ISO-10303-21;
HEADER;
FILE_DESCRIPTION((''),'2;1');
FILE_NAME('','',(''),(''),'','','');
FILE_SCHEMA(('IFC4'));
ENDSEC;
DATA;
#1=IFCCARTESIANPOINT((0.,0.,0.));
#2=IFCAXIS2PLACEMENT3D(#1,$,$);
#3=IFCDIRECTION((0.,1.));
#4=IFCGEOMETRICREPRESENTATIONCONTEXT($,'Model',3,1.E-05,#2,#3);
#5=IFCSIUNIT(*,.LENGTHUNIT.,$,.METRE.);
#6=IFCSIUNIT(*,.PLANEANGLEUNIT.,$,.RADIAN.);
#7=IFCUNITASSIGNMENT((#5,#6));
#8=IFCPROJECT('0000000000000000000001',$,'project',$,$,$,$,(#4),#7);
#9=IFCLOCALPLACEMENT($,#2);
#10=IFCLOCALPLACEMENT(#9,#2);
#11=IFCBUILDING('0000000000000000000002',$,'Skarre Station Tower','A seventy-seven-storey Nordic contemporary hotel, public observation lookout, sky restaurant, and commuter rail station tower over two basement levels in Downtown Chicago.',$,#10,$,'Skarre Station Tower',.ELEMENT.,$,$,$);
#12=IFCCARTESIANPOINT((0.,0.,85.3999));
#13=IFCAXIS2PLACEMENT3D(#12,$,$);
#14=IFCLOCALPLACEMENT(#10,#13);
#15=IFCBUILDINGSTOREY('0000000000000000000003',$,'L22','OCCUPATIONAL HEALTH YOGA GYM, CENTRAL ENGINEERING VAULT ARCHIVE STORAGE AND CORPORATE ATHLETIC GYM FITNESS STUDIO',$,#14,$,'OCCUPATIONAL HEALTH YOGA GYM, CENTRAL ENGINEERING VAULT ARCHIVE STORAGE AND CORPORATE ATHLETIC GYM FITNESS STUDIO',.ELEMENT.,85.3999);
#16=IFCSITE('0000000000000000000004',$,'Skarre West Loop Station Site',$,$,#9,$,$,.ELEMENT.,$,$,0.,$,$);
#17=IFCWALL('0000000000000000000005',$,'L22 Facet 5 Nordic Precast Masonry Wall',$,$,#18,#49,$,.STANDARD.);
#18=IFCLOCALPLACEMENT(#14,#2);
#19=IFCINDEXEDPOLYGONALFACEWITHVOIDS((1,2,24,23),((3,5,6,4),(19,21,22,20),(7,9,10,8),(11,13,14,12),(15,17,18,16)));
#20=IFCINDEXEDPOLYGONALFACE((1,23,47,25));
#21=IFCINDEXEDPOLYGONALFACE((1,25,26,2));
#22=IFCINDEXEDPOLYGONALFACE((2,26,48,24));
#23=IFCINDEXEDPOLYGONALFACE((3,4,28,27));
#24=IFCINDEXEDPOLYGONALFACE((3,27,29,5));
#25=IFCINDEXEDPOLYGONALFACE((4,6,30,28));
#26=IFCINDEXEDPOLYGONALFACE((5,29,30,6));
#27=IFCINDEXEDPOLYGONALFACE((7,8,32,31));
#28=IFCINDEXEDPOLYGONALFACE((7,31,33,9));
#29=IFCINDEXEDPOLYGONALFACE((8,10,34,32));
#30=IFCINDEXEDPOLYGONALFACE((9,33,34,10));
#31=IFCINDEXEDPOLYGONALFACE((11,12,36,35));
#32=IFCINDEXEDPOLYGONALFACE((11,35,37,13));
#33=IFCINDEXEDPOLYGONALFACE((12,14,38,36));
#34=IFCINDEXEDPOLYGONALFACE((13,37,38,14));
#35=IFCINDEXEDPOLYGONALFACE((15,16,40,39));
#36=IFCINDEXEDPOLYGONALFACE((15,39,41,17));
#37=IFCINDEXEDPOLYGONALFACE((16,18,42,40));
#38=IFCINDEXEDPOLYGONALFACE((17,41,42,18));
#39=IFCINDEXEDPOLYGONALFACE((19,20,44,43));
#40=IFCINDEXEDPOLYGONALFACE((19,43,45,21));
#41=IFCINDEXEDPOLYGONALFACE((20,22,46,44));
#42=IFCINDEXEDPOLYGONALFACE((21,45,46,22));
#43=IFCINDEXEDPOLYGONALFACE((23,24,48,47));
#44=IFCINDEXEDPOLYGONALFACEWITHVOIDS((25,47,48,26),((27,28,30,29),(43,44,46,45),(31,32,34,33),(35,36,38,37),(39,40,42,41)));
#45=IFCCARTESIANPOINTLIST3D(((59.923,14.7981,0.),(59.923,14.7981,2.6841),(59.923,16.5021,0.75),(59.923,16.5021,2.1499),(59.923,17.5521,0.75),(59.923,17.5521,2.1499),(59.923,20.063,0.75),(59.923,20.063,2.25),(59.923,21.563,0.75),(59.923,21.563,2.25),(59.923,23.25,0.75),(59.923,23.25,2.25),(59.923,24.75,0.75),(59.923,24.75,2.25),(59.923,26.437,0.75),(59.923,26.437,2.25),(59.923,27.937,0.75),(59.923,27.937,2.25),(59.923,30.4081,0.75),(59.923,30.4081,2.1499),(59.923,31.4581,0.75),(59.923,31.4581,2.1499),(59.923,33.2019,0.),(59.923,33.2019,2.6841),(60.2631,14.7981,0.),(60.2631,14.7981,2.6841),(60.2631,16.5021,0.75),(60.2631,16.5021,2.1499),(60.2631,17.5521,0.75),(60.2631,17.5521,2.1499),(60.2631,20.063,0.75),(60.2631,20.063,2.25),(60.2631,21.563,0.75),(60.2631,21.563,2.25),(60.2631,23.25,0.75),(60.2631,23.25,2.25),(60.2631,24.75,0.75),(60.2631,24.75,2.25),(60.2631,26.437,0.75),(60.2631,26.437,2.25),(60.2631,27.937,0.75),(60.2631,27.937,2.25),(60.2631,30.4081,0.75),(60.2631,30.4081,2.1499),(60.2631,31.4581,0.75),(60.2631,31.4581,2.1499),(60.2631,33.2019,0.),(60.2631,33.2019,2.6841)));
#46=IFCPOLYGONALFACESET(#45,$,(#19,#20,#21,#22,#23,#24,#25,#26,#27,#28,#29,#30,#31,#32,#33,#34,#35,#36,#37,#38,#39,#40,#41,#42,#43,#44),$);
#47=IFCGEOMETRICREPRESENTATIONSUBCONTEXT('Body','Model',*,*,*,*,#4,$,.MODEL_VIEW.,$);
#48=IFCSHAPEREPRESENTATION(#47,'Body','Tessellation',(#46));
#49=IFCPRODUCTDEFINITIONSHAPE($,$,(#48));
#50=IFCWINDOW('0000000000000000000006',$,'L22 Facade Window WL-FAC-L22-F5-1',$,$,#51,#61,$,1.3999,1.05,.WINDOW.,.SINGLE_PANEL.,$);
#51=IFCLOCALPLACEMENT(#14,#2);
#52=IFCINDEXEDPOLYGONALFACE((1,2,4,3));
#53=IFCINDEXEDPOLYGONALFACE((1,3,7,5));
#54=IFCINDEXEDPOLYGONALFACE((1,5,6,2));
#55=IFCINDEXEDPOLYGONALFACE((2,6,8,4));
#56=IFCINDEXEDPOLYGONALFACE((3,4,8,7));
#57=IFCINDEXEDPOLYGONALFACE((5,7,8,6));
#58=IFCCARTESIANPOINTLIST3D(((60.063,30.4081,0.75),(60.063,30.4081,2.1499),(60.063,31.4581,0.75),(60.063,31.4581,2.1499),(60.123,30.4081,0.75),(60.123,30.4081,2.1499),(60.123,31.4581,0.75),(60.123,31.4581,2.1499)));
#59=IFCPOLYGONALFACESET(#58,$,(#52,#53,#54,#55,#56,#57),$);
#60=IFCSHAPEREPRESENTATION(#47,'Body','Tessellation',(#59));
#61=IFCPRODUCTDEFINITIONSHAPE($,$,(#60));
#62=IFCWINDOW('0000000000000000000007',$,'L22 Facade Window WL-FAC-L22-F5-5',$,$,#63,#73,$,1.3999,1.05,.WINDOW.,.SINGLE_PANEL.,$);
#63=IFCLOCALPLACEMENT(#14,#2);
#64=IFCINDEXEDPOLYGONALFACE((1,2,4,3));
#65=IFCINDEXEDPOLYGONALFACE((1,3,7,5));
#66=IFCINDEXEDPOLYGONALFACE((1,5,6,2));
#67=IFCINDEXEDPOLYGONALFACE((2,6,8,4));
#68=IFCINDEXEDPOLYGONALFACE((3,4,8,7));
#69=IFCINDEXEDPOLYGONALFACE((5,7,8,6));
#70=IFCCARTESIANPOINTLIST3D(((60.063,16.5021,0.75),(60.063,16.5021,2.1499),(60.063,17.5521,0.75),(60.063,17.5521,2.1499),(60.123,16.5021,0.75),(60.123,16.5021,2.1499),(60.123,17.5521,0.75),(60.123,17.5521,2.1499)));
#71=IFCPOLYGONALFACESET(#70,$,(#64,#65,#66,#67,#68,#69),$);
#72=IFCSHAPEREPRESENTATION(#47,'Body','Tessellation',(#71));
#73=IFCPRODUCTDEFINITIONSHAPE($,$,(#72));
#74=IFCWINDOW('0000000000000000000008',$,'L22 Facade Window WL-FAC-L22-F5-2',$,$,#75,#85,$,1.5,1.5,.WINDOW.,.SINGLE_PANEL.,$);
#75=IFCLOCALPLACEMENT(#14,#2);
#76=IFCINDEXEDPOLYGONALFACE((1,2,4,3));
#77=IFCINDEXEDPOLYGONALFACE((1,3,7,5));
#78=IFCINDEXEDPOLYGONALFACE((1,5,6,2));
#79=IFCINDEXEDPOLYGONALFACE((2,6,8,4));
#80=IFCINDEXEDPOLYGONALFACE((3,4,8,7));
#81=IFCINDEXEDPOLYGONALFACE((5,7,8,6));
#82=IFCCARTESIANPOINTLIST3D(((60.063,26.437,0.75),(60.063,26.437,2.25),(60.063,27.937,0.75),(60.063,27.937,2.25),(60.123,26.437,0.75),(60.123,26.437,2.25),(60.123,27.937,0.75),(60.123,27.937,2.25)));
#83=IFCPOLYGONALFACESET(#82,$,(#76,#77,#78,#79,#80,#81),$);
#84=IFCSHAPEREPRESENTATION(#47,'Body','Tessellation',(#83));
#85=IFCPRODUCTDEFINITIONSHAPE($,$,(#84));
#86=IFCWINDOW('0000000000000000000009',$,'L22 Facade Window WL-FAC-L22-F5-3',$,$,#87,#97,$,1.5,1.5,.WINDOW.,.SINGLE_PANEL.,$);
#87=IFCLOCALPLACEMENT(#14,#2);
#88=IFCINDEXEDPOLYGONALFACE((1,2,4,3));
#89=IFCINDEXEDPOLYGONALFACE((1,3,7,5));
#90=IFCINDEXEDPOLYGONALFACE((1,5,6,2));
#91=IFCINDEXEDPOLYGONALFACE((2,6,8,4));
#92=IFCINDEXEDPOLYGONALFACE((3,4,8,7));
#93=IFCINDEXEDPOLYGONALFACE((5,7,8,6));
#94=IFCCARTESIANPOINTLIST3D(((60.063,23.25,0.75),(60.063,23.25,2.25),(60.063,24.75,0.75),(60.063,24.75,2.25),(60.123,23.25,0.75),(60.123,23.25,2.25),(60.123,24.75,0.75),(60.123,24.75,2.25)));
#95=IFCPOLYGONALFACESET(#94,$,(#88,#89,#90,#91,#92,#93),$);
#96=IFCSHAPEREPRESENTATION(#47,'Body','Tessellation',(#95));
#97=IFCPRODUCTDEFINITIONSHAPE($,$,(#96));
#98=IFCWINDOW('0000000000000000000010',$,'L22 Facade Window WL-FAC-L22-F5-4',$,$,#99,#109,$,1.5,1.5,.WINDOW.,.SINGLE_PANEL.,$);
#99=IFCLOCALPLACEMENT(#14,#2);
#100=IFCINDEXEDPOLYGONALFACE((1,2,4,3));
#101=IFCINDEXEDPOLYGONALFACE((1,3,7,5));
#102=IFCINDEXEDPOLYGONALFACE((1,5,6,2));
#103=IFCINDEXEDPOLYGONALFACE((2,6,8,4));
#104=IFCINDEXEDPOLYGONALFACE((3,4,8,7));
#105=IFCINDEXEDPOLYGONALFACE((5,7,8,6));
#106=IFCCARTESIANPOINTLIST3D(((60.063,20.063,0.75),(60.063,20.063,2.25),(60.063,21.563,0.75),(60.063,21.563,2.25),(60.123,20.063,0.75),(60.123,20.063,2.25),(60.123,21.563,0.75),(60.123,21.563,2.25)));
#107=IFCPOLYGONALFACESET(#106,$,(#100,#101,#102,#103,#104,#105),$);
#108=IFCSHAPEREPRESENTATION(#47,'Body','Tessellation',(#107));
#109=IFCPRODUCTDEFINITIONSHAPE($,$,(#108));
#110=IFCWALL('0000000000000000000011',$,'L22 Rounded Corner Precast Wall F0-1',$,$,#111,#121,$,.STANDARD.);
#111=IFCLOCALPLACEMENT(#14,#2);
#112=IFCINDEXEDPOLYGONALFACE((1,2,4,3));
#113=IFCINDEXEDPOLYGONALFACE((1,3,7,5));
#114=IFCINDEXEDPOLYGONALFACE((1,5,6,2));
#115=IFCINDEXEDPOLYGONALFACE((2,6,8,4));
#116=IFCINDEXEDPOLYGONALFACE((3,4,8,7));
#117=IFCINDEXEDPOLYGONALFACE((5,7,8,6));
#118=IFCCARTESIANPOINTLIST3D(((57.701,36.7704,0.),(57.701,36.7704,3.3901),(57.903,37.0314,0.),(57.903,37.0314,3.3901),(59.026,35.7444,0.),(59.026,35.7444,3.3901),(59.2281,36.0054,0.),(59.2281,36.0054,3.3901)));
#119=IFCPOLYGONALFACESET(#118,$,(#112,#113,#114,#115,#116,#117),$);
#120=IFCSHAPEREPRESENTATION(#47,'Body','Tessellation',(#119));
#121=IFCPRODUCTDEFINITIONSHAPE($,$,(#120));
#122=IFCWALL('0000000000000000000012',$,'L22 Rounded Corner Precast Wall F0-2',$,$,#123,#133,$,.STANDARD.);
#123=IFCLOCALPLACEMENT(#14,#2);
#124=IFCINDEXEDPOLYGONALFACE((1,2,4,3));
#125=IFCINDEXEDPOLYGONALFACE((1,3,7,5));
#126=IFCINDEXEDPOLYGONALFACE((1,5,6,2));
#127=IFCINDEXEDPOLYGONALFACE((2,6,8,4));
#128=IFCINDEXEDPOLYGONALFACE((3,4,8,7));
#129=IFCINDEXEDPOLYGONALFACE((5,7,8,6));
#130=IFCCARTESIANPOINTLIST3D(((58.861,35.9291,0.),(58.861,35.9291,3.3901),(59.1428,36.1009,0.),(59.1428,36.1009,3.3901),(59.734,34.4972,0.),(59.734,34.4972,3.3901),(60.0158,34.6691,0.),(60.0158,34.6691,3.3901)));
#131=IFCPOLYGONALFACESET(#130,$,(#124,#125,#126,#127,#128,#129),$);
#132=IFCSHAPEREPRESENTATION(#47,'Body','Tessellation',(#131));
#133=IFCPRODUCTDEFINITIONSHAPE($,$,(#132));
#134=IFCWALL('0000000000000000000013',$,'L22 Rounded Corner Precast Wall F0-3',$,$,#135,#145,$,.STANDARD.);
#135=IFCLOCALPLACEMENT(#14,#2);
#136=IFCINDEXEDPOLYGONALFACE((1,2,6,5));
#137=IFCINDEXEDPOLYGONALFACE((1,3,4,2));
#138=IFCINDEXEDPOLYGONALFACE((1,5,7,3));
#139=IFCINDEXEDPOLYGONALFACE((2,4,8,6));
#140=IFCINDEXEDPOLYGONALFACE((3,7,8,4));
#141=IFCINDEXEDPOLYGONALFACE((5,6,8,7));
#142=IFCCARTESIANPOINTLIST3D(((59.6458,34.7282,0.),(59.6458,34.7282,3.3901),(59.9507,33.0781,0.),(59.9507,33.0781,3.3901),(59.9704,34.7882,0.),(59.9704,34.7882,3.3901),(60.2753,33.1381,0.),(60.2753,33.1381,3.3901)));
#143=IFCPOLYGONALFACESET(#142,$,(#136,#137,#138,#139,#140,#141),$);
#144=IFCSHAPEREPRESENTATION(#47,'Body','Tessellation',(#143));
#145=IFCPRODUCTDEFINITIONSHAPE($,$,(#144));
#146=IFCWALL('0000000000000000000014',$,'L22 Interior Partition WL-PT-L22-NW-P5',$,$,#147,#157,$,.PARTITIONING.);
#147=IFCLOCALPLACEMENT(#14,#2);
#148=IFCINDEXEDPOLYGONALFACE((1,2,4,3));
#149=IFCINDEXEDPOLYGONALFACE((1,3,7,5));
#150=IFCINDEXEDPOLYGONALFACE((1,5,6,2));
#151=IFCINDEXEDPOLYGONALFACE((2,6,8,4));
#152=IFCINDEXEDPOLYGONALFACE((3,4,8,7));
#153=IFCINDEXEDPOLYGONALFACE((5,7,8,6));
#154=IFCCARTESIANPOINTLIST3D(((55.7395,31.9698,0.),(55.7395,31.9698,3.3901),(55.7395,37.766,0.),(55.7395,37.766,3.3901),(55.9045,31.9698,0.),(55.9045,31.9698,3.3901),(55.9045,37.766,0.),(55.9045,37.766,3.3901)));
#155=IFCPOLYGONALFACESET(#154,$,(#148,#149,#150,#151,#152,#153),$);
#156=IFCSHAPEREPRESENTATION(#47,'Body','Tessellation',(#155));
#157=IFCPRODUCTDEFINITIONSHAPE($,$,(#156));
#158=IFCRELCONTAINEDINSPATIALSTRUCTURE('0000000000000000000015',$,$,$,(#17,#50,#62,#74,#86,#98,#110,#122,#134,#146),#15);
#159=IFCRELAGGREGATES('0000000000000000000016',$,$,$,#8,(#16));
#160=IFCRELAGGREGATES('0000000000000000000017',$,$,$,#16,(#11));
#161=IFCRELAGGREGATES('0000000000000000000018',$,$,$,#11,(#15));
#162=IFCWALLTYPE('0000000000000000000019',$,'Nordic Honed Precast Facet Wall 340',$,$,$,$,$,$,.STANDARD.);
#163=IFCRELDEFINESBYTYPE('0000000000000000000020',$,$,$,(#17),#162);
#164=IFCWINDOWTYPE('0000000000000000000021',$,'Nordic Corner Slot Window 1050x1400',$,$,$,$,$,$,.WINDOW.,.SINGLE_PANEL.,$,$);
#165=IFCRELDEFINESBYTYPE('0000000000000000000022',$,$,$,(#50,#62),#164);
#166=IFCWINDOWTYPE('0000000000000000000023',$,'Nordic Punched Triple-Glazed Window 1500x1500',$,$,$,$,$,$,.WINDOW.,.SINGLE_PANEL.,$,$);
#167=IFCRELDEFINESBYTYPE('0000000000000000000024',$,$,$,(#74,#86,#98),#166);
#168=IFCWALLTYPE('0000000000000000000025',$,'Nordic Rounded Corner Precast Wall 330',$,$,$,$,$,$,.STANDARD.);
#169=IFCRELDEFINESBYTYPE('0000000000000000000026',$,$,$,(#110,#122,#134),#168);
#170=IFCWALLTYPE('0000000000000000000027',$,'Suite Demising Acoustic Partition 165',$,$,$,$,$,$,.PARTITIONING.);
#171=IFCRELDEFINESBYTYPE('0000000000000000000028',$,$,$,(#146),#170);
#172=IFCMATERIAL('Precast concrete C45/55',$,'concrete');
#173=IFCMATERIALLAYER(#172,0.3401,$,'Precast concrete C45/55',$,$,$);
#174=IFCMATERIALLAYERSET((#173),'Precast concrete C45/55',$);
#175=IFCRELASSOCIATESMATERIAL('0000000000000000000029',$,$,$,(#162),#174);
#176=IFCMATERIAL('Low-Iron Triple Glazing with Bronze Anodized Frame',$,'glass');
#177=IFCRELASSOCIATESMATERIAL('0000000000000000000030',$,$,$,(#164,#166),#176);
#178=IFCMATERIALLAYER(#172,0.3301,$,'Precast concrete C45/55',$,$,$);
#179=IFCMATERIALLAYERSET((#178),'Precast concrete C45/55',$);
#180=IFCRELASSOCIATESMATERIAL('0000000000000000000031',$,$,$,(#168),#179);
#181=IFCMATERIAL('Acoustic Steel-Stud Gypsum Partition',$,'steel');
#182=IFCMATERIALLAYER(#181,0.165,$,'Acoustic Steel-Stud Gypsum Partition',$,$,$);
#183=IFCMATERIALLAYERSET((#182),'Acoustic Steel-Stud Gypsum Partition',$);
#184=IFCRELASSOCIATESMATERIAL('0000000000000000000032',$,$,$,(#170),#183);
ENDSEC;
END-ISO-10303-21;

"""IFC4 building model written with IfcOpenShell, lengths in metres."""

from ifc_helpers import new_model, si_unit, direction, frame, frame_2d, origin, place, context, subcontext, project, spatial, rectangle, extrude, material, layer, layer_set, type_object, element, fill, save


model = new_model("IFC4")

# Units and contexts
model_context = context("Model", 3, precision=1e-05, world=origin(), true_north=direction((0.0, 1.0)))
body_context = subcontext(model_context, "Body", "Model", "MODEL_VIEW")
ifc_project = project(units=[si_unit("LENGTHUNIT", "METRE"), si_unit("PLANEANGLEUNIT", "RADIAN")], contexts=[model_context])

# Site, building, storey
site_placement = place(None, origin())
site = spatial("IfcSite", under=ifc_project, at=site_placement, Name="Skarre West Loop Station Site", CompositionType="ELEMENT", RefElevation=0.0)
building_placement = place(site_placement, origin())
building = spatial("IfcBuilding", under=site, at=building_placement, Name="Skarre Station Tower", Description="A seventy-seven-storey Nordic contemporary hotel, public observation lookout, sky restaurant, and commuter rail station tower over two basement levels in Downtown Chicago.", LongName="Skarre Station Tower", CompositionType="ELEMENT")
storey_placement = place(building_placement, frame((0.0, 0.0, 85.3999)))
storey = spatial("IfcBuildingStorey", under=building, at=storey_placement, Name="L22", Description="OCCUPATIONAL HEALTH YOGA GYM, CENTRAL ENGINEERING VAULT ARCHIVE STORAGE AND CORPORATE ATHLETIC GYM FITNESS STUDIO", LongName="OCCUPATIONAL HEALTH YOGA GYM, CENTRAL ENGINEERING VAULT ARCHIVE STORAGE AND CORPORATE ATHLETIC GYM FITNESS STUDIO", CompositionType="ELEMENT", Elevation=85.3999)

# Wall, openings, windows
ifc_material_1 = material(Name="Precast concrete C45/55", Category="concrete")
ifc_layer_1 = layer(ifc_material_1, 0.3401, Name="Precast concrete C45/55")
ifc_layer_set_1 = layer_set([ifc_layer_1], Name="Precast concrete C45/55")
wall_type_1 = type_object("IfcWallType", Name="Nordic Honed Precast Facet Wall 340", PredefinedType="STANDARD", material=ifc_layer_set_1)
wall_1_placement = place(storey_placement, frame((60.093, 33.2019, 0.0), z_axis=(0.0, 0.0, 1.0), x_axis=(0.0, -1.0, 0.0)))
wall_1 = element("IfcWall", 1, at=wall_1_placement, inside=storey, type_object=wall_type_1, Name="L22 Facet 5 Nordic Precast Masonry Wall", PredefinedType="STANDARD", context=body_context, shape_type="SweptSolid", body=[
    extrude(rectangle(XDim=18.4038, YDim=0.3401, at=frame_2d((9.2019, 0.0))), origin(), (0.0, 0.0, 1.0), 2.6841),
])
opening_1_placement = place(wall_1_placement, frame((1.7439, 0.0, 0.75)))
opening_1 = element("IfcOpeningElement", 2, at=opening_1_placement, cuts=wall_1, PredefinedType="OPENING", context=body_context, shape_type="SweptSolid", body=[
    extrude(rectangle(XDim=1.05, YDim=1.3999, at=frame_2d((0.5249, 0.7))), frame((0.0, 0.1799, 0.0), z_axis=(0.0, -1.0, 0.0), x_axis=(1.0, 0.0, 0.0)), (0.0, 0.0, 1.0), 0.3601),
])
opening_2_placement = place(wall_1_placement, frame((5.2649, 0.0, 0.75)))
opening_2 = element("IfcOpeningElement", 3, at=opening_2_placement, cuts=wall_1, PredefinedType="OPENING", context=body_context, shape_type="SweptSolid", body=[
    extrude(rectangle(XDim=1.5, YDim=1.5, at=frame_2d((0.75, 0.75))), frame((0.0, 0.1799, 0.0), z_axis=(0.0, -1.0, 0.0), x_axis=(1.0, 0.0, 0.0)), (0.0, 0.0, 1.0), 0.3601),
])
opening_3_placement = place(wall_1_placement, frame((8.4519, 0.0, 0.75)))
opening_3 = element("IfcOpeningElement", 4, at=opening_3_placement, cuts=wall_1, PredefinedType="OPENING", context=body_context, shape_type="SweptSolid", body=[
    extrude(rectangle(XDim=1.5, YDim=1.5, at=frame_2d((0.75, 0.75))), frame((0.0, 0.1799, 0.0), z_axis=(0.0, -1.0, 0.0), x_axis=(1.0, 0.0, 0.0)), (0.0, 0.0, 1.0), 0.3601),
])
opening_4_placement = place(wall_1_placement, frame((11.6389, 0.0, 0.75)))
opening_4 = element("IfcOpeningElement", 5, at=opening_4_placement, cuts=wall_1, PredefinedType="OPENING", context=body_context, shape_type="SweptSolid", body=[
    extrude(rectangle(XDim=1.5, YDim=1.5, at=frame_2d((0.75, 0.75))), frame((0.0, 0.1799, 0.0), z_axis=(0.0, -1.0, 0.0), x_axis=(1.0, 0.0, 0.0)), (0.0, 0.0, 1.0), 0.3601),
])
opening_5_placement = place(wall_1_placement, frame((15.6499, 0.0, 0.75)))
opening_5 = element("IfcOpeningElement", 6, at=opening_5_placement, cuts=wall_1, PredefinedType="OPENING", context=body_context, shape_type="SweptSolid", body=[
    extrude(rectangle(XDim=1.05, YDim=1.3999, at=frame_2d((0.5249, 0.7))), frame((0.0, 0.1799, 0.0), z_axis=(0.0, -1.0, 0.0), x_axis=(1.0, 0.0, 0.0)), (0.0, 0.0, 1.0), 0.3601),
])
ifc_material_2 = material(Name="Low-Iron Triple Glazing with Bronze Anodized Frame", Category="glass")
window_type_1 = type_object("IfcWindowType", Name="Nordic Corner Slot Window 1050x1400", PartitioningType="SINGLE_PANEL", PredefinedType="WINDOW", material=ifc_material_2)
window_1_placement = place(opening_1_placement, origin())
window_1 = element("IfcWindow", 7, at=window_1_placement, inside=storey, type_object=window_type_1, Name="L22 Facade Window WL-FAC-L22-F5-1", OverallHeight=1.3999, OverallWidth=1.05, PartitioningType="SINGLE_PANEL", PredefinedType="WINDOW", context=body_context, shape_type="SweptSolid", body=[
    extrude(rectangle(XDim=1.05, YDim=1.3999, at=frame_2d((0.5249, 0.7))), frame((0.0, 0.03, 0.0), z_axis=(0.0, -1.0, 0.0), x_axis=(1.0, 0.0, 0.0)), (0.0, 0.0, 1.0), 0.0601),
])
fill(opening_1, window_1)
window_2_placement = place(opening_5_placement, origin())
window_2 = element("IfcWindow", 8, at=window_2_placement, inside=storey, type_object=window_type_1, Name="L22 Facade Window WL-FAC-L22-F5-5", OverallHeight=1.3999, OverallWidth=1.05, PartitioningType="SINGLE_PANEL", PredefinedType="WINDOW", context=body_context, shape_type="SweptSolid", body=[
    extrude(rectangle(XDim=1.05, YDim=1.3999, at=frame_2d((0.5249, 0.7))), frame((0.0, 0.03, 0.0), z_axis=(0.0, -1.0, 0.0), x_axis=(1.0, 0.0, 0.0)), (0.0, 0.0, 1.0), 0.0601),
])
fill(opening_5, window_2)
window_type_2 = type_object("IfcWindowType", Name="Nordic Punched Triple-Glazed Window 1500x1500", PartitioningType="SINGLE_PANEL", PredefinedType="WINDOW", material=ifc_material_2)
window_3_placement = place(opening_2_placement, origin())
window_3 = element("IfcWindow", 9, at=window_3_placement, inside=storey, type_object=window_type_2, Name="L22 Facade Window WL-FAC-L22-F5-2", OverallHeight=1.5, OverallWidth=1.5, PartitioningType="SINGLE_PANEL", PredefinedType="WINDOW", context=body_context, shape_type="SweptSolid", body=[
    extrude(rectangle(XDim=1.5, YDim=1.5, at=frame_2d((0.75, 0.75))), frame((0.0, 0.03, 0.0), z_axis=(0.0, -1.0, 0.0), x_axis=(1.0, 0.0, 0.0)), (0.0, 0.0, 1.0), 0.0601),
])
fill(opening_2, window_3)
window_4_placement = place(opening_3_placement, origin())
window_4 = element("IfcWindow", 10, at=window_4_placement, inside=storey, type_object=window_type_2, Name="L22 Facade Window WL-FAC-L22-F5-3", OverallHeight=1.5, OverallWidth=1.5, PartitioningType="SINGLE_PANEL", PredefinedType="WINDOW", context=body_context, shape_type="SweptSolid", body=[
    extrude(rectangle(XDim=1.5, YDim=1.5, at=frame_2d((0.75, 0.75))), frame((0.0, 0.03, 0.0), z_axis=(0.0, -1.0, 0.0), x_axis=(1.0, 0.0, 0.0)), (0.0, 0.0, 1.0), 0.0601),
])
fill(opening_3, window_4)
window_5_placement = place(opening_4_placement, origin())
window_5 = element("IfcWindow", 11, at=window_5_placement, inside=storey, type_object=window_type_2, Name="L22 Facade Window WL-FAC-L22-F5-4", OverallHeight=1.5, OverallWidth=1.5, PartitioningType="SINGLE_PANEL", PredefinedType="WINDOW", context=body_context, shape_type="SweptSolid", body=[
    extrude(rectangle(XDim=1.5, YDim=1.5, at=frame_2d((0.75, 0.75))), frame((0.0, 0.03, 0.0), z_axis=(0.0, -1.0, 0.0), x_axis=(1.0, 0.0, 0.0)), (0.0, 0.0, 1.0), 0.0601),
])
fill(opening_4, window_5)

# Walls
ifc_layer_2 = layer(ifc_material_1, 0.3301, Name="Precast concrete C45/55")
ifc_layer_set_2 = layer_set([ifc_layer_2], Name="Precast concrete C45/55")
wall_type_2 = type_object("IfcWallType", Name="Nordic Rounded Corner Precast Wall 330", PredefinedType="STANDARD", material=ifc_layer_set_2)
wall_2_placement = place(storey_placement, frame((57.802, 36.9009, 0.0), z_axis=(0.0, 0.0, 1.0), x_axis=(0.790692, -0.612214, 0.0)))
element("IfcWall", 12, at=wall_2_placement, inside=storey, type_object=wall_type_2, Name="L22 Rounded Corner Precast Wall F0-1", PredefinedType="STANDARD", context=body_context, shape_type="SweptSolid", body=[
    extrude(rectangle(XDim=1.6758, YDim=0.3301, at=frame_2d((0.8379, 0.0))), origin(), (0.0, 0.0, 1.0), 3.3901),
])
wall_3_placement = place(storey_placement, frame((59.002, 36.0149, 0.0), z_axis=(0.0, 0.0, 1.0), x_axis=(0.520584, -0.85381, 0.0)))
element("IfcWall", 13, at=wall_3_placement, inside=storey, type_object=wall_type_2, Name="L22 Rounded Corner Precast Wall F0-2", PredefinedType="STANDARD", context=body_context, shape_type="SweptSolid", body=[
    extrude(rectangle(XDim=1.677, YDim=0.3301, at=frame_2d((0.8384, 0.0))), origin(), (0.0, 0.0, 1.0), 3.3901),
])
wall_4_placement = place(storey_placement, frame((59.8081, 34.7581, 0.0), z_axis=(0.0, 0.0, 1.0), x_axis=(0.181714, -0.983351, 0.0)))
element("IfcWall", 14, at=wall_4_placement, inside=storey, type_object=wall_type_2, Name="L22 Rounded Corner Precast Wall F0-3", PredefinedType="STANDARD", context=body_context, shape_type="SweptSolid", body=[
    extrude(rectangle(XDim=1.678, YDim=0.3301, at=frame_2d((0.8389, 0.0))), origin(), (0.0, 0.0, 1.0), 3.3901),
])
ifc_material_3 = material(Name="Acoustic Steel-Stud Gypsum Partition", Category="steel")
ifc_layer_3 = layer(ifc_material_3, 0.165, Name="Acoustic Steel-Stud Gypsum Partition")
ifc_layer_set_3 = layer_set([ifc_layer_3], Name="Acoustic Steel-Stud Gypsum Partition")
wall_type_3 = type_object("IfcWallType", Name="Suite Demising Acoustic Partition 165", PredefinedType="PARTITIONING", material=ifc_layer_set_3)
wall_5_placement = place(storey_placement, frame((55.822, 31.97, 0.0), z_axis=(0.0, 0.0, 1.0), x_axis=(0.0, 1.0, 0.0)))
element("IfcWall", 15, at=wall_5_placement, inside=storey, type_object=wall_type_3, Name="L22 Interior Partition WL-PT-L22-NW-P5", PredefinedType="PARTITIONING", context=body_context, shape_type="SweptSolid", body=[
    extrude(rectangle(XDim=5.7961, YDim=0.165, at=frame_2d((2.8979, 0.0))), origin(), (0.0, 0.0, 1.0), 3.3901),
])

save(model, "model.ifc")
